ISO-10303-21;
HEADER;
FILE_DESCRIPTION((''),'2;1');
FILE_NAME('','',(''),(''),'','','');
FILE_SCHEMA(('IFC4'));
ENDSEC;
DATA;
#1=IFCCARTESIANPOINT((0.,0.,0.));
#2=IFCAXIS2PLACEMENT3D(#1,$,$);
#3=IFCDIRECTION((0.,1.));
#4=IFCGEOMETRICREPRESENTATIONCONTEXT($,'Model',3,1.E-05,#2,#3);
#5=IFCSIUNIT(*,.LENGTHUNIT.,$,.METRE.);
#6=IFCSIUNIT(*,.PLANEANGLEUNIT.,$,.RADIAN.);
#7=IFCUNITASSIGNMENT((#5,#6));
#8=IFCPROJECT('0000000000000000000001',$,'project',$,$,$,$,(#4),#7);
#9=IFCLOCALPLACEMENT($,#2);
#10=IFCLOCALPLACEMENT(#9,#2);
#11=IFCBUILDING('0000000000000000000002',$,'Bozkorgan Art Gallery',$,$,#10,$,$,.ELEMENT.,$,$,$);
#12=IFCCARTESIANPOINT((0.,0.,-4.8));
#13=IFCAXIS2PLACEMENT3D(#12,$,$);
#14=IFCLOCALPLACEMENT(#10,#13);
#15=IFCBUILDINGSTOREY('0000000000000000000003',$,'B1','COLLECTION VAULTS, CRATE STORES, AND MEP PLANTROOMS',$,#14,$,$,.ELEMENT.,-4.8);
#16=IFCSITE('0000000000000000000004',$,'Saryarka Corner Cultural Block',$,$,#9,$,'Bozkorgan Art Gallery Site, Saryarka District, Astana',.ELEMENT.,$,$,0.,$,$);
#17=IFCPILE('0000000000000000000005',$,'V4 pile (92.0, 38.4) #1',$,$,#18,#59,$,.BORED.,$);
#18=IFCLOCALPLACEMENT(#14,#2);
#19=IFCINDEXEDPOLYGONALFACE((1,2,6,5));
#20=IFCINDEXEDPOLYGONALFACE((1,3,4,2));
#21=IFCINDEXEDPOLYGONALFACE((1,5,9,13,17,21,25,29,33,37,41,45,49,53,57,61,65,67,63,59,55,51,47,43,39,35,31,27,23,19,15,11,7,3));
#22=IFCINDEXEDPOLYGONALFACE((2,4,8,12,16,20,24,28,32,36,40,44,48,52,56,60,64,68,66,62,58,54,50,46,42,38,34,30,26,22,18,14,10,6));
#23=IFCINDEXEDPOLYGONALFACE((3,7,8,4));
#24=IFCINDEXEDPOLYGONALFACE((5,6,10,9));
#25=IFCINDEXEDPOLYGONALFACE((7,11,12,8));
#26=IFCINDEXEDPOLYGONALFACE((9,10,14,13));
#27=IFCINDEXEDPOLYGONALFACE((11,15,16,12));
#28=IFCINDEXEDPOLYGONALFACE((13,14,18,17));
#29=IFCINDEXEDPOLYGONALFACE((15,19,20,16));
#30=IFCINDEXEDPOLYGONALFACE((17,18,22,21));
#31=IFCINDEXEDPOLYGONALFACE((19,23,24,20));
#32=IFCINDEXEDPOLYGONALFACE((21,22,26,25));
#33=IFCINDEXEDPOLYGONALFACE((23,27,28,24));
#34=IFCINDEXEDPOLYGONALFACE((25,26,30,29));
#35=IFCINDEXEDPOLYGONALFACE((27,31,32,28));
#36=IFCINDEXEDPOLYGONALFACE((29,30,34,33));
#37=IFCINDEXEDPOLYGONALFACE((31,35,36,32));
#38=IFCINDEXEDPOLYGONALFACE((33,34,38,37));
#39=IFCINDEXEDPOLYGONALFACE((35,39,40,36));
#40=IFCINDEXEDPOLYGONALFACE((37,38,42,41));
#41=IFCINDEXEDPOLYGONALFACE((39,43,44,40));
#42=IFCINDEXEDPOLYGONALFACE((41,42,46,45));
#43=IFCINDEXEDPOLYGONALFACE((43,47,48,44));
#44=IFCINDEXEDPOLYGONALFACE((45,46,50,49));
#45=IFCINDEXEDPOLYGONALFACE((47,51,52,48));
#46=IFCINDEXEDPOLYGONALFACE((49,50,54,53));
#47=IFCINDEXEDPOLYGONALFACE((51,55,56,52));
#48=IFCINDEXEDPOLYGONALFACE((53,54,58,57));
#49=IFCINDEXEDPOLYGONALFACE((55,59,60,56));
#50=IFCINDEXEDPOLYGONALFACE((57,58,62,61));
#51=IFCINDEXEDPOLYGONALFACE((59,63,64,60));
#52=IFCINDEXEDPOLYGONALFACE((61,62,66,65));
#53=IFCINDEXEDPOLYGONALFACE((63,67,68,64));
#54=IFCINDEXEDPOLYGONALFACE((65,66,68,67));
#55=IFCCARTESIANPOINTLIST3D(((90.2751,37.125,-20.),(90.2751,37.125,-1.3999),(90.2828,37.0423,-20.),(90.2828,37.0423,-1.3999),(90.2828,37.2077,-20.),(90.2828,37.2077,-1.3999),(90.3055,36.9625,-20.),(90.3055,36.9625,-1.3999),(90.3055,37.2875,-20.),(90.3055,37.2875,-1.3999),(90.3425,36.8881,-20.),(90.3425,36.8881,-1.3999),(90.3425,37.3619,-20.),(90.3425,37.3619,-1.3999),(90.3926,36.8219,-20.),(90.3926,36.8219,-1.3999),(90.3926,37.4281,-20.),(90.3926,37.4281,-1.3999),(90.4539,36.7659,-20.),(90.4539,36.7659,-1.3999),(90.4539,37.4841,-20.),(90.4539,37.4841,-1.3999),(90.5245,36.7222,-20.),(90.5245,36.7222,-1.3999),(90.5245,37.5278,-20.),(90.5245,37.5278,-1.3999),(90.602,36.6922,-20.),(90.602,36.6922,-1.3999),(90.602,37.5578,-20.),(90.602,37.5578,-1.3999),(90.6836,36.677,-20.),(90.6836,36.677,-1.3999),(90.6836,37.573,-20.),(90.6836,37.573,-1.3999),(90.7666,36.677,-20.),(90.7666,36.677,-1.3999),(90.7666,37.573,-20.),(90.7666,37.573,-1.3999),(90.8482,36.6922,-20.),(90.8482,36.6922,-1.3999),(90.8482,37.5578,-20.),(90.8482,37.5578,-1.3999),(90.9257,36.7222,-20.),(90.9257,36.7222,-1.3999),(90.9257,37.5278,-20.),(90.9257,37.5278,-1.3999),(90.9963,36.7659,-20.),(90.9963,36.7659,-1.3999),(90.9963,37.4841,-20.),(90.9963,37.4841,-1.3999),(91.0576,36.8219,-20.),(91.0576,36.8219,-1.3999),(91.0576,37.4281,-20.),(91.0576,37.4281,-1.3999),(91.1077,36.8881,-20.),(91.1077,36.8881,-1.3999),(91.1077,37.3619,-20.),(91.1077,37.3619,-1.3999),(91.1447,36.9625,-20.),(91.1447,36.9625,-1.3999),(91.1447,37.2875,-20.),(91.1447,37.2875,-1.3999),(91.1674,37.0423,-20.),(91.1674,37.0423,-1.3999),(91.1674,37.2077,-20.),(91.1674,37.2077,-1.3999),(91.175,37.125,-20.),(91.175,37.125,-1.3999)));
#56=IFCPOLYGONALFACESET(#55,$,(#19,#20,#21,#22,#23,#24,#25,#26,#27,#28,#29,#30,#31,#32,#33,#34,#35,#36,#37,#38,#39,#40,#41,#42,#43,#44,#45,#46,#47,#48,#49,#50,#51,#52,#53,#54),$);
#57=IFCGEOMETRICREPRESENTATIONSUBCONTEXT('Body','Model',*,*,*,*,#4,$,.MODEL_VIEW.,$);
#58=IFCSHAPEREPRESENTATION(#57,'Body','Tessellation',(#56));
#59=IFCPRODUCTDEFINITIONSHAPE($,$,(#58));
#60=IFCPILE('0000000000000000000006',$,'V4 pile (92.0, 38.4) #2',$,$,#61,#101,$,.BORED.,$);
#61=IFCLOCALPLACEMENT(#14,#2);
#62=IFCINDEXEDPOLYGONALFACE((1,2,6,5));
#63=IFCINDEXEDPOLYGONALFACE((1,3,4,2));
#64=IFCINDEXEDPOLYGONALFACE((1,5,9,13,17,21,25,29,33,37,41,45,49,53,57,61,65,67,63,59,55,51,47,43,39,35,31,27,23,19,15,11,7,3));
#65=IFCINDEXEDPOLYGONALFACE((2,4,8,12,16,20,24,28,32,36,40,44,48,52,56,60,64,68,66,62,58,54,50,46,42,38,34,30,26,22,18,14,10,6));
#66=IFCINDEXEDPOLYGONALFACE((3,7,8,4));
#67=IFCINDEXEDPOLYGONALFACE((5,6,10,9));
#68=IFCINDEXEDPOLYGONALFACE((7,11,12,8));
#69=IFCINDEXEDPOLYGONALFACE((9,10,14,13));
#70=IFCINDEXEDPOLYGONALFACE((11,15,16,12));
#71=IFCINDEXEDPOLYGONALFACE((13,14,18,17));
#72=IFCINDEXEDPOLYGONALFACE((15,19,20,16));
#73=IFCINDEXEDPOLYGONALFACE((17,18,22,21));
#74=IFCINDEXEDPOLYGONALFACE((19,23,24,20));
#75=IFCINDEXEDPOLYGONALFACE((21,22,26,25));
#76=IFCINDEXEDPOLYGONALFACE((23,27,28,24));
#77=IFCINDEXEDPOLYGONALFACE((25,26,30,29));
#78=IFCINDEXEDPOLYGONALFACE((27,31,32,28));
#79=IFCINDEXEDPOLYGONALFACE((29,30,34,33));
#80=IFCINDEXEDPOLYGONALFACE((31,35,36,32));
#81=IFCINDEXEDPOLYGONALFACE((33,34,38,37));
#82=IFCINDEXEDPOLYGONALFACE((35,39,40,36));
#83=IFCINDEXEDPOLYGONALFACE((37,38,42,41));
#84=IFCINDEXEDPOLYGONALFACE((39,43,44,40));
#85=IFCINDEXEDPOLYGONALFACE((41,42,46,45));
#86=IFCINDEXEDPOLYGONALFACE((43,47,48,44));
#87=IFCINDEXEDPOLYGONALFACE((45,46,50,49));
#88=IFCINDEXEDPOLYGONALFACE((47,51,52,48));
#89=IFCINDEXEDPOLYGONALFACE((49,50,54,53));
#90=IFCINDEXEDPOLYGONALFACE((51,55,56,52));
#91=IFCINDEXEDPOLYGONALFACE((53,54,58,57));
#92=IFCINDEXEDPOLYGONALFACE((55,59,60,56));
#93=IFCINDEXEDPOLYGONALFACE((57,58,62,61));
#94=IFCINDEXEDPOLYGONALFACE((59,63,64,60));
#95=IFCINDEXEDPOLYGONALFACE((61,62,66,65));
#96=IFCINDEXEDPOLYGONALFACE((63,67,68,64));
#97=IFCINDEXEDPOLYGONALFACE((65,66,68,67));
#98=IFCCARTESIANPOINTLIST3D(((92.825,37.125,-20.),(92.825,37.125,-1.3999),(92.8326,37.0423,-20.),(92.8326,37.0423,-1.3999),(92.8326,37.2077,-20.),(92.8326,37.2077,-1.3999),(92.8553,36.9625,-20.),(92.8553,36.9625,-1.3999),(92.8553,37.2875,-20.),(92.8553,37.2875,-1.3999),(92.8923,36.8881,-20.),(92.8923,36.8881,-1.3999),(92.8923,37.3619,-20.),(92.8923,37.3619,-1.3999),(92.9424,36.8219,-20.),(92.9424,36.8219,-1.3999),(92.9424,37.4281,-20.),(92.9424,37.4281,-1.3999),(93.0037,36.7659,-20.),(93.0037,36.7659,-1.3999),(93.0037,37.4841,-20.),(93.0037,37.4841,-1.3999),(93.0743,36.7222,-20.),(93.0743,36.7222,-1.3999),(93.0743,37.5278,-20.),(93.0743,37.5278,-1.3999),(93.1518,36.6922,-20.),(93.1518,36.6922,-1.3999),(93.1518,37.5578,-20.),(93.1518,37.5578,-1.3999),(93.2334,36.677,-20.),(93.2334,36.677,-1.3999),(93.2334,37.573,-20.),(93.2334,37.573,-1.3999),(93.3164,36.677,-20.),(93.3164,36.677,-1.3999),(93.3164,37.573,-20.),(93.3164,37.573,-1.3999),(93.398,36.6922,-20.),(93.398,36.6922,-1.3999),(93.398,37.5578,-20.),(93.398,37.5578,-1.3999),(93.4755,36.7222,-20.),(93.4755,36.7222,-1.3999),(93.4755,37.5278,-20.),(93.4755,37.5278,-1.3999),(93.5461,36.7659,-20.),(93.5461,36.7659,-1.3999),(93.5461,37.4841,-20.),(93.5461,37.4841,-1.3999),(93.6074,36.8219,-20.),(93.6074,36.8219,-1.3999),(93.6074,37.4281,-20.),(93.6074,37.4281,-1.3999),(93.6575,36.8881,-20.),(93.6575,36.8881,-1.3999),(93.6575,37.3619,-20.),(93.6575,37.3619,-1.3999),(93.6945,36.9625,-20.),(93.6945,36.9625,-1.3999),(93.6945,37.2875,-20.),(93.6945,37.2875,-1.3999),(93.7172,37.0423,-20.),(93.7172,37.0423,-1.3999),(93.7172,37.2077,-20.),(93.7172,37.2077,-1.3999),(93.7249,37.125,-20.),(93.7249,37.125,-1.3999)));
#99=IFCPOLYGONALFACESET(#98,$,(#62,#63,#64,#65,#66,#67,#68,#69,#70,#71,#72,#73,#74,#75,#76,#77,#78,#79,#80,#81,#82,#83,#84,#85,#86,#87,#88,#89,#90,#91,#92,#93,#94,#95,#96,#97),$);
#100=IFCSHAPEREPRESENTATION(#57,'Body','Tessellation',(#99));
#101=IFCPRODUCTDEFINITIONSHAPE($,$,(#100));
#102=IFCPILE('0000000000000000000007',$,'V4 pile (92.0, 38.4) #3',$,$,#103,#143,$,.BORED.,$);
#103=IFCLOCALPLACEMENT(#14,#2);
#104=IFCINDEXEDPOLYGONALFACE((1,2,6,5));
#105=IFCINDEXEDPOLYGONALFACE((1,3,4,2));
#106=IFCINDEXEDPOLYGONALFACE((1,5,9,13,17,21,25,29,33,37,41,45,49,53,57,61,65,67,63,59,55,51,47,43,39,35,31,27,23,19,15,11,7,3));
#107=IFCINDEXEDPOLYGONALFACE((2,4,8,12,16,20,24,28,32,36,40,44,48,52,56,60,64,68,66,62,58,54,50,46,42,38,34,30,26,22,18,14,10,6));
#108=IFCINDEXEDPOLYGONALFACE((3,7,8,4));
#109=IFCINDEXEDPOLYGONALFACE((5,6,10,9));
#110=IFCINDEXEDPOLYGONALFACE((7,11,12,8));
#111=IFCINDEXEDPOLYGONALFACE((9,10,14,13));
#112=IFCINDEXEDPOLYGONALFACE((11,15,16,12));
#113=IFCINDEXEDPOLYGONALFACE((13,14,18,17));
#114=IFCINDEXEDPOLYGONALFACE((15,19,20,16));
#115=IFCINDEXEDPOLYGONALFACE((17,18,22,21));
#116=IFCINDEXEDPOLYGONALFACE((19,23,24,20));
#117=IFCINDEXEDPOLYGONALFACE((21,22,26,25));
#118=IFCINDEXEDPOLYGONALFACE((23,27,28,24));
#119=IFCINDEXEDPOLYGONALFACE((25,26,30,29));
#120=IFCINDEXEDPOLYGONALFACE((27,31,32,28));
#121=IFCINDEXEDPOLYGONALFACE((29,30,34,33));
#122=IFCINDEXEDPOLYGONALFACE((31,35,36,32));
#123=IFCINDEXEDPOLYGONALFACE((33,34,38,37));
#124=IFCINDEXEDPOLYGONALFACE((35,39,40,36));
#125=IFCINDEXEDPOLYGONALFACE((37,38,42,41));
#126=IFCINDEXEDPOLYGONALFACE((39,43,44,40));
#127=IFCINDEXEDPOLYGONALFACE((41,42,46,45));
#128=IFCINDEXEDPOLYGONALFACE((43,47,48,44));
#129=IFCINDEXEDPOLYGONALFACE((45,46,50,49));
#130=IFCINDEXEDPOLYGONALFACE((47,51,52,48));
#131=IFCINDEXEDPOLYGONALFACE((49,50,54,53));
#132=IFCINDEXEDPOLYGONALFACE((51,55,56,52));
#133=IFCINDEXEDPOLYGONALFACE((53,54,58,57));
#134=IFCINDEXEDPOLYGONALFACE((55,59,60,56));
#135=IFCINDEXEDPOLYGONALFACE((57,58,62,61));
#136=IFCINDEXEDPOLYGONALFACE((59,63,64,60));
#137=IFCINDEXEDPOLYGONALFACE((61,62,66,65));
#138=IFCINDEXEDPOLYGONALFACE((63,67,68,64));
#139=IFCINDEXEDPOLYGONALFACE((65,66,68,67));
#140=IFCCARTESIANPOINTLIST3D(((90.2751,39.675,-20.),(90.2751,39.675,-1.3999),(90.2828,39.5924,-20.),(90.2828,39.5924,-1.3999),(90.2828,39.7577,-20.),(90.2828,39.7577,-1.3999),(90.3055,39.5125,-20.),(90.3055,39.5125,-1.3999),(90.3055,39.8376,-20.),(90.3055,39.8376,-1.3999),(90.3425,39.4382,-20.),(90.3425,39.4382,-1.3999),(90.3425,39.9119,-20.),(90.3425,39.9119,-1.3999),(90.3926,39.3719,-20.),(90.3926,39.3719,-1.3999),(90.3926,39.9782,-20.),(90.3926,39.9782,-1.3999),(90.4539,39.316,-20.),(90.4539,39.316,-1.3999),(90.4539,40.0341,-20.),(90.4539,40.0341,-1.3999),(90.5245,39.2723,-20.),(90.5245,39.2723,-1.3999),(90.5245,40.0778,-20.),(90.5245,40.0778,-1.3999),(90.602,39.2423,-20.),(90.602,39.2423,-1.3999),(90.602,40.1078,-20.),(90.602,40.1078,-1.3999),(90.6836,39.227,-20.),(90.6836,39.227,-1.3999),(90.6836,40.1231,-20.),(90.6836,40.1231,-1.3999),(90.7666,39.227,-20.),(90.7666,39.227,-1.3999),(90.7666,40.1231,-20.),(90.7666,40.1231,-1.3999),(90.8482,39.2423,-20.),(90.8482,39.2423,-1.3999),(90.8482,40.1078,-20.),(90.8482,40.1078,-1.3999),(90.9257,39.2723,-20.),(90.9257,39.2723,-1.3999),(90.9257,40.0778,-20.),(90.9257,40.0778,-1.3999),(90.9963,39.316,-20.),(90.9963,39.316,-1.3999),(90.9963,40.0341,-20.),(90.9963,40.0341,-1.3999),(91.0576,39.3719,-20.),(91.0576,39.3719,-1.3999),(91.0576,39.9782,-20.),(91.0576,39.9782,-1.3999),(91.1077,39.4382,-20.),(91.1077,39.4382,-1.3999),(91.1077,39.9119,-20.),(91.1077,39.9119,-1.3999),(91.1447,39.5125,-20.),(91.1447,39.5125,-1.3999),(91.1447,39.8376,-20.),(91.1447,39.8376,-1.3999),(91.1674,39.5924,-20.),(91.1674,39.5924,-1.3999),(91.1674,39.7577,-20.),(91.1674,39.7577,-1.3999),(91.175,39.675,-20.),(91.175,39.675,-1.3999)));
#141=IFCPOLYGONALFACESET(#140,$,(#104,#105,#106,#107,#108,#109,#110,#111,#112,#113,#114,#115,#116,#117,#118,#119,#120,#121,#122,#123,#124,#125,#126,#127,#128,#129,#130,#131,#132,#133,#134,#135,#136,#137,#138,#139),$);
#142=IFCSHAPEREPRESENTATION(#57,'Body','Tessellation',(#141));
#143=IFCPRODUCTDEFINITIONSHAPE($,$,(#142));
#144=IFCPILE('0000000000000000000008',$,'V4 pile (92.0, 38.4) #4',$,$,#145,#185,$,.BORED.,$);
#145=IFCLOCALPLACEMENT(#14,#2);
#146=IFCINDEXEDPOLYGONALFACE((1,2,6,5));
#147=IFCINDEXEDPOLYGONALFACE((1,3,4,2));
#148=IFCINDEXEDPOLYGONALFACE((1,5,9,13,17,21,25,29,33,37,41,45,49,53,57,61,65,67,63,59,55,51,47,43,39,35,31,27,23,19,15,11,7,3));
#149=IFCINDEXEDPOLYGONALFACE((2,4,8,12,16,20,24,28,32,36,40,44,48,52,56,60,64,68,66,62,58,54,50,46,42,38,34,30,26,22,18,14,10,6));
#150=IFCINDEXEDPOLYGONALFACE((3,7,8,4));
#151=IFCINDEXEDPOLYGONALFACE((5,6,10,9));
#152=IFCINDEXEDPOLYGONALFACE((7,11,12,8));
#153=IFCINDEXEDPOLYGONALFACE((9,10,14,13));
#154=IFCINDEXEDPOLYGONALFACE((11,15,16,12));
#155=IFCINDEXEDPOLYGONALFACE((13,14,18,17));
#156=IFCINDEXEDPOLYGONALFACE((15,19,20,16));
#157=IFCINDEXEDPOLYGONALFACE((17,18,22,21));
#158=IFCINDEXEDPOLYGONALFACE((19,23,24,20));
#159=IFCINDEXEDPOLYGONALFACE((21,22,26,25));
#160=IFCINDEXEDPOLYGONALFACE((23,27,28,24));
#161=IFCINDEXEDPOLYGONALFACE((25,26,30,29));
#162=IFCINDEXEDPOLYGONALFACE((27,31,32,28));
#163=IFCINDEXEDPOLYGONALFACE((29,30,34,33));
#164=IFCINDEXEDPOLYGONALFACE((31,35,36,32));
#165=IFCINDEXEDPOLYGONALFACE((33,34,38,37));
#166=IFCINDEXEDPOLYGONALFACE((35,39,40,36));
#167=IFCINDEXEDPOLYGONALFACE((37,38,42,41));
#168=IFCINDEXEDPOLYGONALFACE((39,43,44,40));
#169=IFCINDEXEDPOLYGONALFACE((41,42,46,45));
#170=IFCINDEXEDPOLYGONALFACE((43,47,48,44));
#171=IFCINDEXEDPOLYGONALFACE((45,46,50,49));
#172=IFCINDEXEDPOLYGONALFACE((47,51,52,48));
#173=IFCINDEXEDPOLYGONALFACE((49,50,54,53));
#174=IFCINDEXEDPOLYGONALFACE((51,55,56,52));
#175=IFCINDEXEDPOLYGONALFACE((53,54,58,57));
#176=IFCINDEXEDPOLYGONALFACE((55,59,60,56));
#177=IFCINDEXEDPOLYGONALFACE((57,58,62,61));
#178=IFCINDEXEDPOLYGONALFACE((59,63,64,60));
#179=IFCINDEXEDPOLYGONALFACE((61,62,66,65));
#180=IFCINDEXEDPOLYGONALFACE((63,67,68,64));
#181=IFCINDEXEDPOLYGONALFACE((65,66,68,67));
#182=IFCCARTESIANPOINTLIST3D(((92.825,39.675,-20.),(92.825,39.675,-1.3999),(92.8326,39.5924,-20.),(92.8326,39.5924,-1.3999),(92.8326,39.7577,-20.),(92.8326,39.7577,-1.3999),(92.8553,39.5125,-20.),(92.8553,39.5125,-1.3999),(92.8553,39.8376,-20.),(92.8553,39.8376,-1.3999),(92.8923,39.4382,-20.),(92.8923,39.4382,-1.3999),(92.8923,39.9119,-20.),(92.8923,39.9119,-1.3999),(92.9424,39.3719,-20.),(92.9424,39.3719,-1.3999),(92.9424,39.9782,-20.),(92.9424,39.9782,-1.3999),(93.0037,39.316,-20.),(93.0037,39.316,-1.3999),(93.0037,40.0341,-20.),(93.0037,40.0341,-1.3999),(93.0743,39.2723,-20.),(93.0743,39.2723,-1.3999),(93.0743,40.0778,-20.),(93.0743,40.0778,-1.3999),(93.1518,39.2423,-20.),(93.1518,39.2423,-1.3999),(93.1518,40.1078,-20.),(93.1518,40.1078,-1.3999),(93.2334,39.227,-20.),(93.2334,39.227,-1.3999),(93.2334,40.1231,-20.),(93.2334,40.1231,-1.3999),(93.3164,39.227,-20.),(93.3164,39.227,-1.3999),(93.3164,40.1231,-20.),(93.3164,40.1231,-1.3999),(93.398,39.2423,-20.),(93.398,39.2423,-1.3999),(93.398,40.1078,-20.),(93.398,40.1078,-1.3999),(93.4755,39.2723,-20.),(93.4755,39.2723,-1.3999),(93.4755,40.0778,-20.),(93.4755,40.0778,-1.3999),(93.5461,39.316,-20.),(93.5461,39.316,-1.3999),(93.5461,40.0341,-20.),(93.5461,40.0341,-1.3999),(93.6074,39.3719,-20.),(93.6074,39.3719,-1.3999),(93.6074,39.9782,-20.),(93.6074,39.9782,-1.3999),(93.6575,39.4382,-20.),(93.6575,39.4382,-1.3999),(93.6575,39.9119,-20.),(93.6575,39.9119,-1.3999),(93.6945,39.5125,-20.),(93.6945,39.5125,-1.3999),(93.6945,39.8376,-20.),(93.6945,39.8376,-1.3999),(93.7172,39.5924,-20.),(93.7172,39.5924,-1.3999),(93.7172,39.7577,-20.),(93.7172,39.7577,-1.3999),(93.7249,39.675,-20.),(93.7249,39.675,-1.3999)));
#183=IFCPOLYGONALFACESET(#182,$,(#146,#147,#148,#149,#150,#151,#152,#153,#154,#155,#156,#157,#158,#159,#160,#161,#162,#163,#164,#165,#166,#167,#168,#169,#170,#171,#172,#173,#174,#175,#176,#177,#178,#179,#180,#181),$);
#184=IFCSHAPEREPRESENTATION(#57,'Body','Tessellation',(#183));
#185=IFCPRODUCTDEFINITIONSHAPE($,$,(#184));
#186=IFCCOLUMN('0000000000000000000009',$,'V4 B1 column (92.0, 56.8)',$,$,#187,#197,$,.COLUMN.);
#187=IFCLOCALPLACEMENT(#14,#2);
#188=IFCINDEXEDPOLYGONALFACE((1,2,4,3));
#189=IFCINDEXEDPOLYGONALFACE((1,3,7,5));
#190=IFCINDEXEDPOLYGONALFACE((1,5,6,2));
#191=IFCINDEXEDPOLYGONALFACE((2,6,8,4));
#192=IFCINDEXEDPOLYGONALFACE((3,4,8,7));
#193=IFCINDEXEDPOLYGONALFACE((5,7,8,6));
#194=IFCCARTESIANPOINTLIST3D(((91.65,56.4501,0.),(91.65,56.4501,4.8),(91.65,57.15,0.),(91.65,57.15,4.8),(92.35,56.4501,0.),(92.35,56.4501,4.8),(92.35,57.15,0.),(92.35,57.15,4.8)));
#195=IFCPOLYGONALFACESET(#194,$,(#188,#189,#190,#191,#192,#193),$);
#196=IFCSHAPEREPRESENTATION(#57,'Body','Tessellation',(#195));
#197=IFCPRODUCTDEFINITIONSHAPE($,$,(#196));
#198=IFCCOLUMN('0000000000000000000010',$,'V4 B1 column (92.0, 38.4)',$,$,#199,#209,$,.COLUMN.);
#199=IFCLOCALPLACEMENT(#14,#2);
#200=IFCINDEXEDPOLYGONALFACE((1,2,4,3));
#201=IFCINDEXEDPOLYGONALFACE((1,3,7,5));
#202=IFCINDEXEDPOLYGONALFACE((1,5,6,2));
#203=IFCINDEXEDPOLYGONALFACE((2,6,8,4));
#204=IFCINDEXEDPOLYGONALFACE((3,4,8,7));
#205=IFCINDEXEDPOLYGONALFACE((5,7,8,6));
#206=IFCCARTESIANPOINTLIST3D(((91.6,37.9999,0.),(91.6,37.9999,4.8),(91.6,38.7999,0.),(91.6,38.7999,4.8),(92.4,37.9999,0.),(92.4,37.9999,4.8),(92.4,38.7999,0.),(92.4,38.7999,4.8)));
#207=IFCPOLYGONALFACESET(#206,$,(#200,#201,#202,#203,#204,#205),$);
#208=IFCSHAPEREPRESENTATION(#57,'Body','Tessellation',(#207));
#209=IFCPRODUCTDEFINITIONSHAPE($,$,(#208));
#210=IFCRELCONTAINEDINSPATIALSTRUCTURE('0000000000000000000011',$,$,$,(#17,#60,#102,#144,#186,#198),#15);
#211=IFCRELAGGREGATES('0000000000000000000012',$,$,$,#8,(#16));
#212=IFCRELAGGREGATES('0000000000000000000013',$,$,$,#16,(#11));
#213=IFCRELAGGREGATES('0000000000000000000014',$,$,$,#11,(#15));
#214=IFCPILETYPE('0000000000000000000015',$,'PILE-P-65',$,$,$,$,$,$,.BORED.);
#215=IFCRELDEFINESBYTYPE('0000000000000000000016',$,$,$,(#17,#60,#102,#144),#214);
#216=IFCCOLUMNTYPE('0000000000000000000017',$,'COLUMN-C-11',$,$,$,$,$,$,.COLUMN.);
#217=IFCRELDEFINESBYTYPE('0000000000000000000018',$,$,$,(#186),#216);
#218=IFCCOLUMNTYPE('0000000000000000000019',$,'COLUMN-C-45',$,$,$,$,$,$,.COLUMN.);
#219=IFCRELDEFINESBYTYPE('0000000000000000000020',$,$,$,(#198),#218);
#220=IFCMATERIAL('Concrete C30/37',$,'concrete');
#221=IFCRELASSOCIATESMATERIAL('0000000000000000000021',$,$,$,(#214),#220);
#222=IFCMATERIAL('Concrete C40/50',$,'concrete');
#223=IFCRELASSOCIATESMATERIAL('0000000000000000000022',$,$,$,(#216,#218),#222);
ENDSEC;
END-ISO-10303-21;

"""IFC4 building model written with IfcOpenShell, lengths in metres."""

from ifc_helpers import new_model, si_unit, direction, frame, origin, origin_2d, place, context, subcontext, project, spatial, rectangle, circle, extrude, material, material_profile, profile_set, type_object, element, save


model = new_model("IFC4")

# Units and contexts
model_context = context("Model", 3, precision=1e-05, world=origin(), true_north=direction((0.0, 1.0)))
body_context = subcontext(model_context, "Body", "Model", "MODEL_VIEW")
ifc_project = project(units=[si_unit("LENGTHUNIT", "METRE"), si_unit("PLANEANGLEUNIT", "RADIAN")], contexts=[model_context])

# Site, building, storey
site_placement = place(None, origin())
site = spatial("IfcSite", under=ifc_project, at=site_placement, Name="Saryarka Corner Cultural Block", LongName="Bozkorgan Art Gallery Site, Saryarka District, Astana", CompositionType="ELEMENT", RefElevation=0.0)
building_placement = place(site_placement, origin())
building = spatial("IfcBuilding", under=site, at=building_placement, Name="Bozkorgan Art Gallery", CompositionType="ELEMENT")
storey_placement = place(building_placement, frame((0.0, 0.0, -4.8)))
storey = spatial("IfcBuildingStorey", under=building, at=storey_placement, Name="B1", Description="COLLECTION VAULTS, CRATE STORES, AND MEP PLANTROOMS", CompositionType="ELEMENT", Elevation=-4.8)

# Shared definitions
ifc_material_1 = material(Name="Concrete C30/37", Category="concrete")

# Piles
ifc_material_profile_1 = material_profile(ifc_material_1, circle(Radius=0.45, at=origin_2d()), Name="PILE D900")
ifc_profile_set_1 = profile_set([ifc_material_profile_1], Name="Concrete C30/37")
pile_type_1 = type_object("IfcPileType", Name="PILE-P-65", PredefinedType="BORED", material=ifc_profile_set_1)
for number, where, z_axis, x_axis, name in (
    (1, (90.7251, 37.125, -1.3999), (0.0, 0.0, -1.0), (1.0, 0.0, 0.0), "V4 pile (92.0, 38.4) #1"),
    (2, (93.2749, 37.125, -1.3999), (0.0, 0.0, -1.0), (1.0, 0.0, 0.0), "V4 pile (92.0, 38.4) #2"),
    (3, (90.7251, 39.675, -1.3999), (0.0, 0.0, -1.0), (1.0, 0.0, 0.0), "V4 pile (92.0, 38.4) #3"),
    (4, (93.2749, 39.675, -1.3999), (0.0, 0.0, -1.0), (1.0, 0.0, 0.0), "V4 pile (92.0, 38.4) #4"),
):
    element("IfcPile", number, at=place(storey_placement, frame(where, z_axis=z_axis, x_axis=x_axis)), inside=storey, type_object=pile_type_1, Name=name, PredefinedType="BORED", context=body_context, shape_type="SweptSolid", body=[
        extrude(circle(Radius=0.45, at=origin_2d()), origin(), (0.0, 0.0, 1.0), 18.6001),
    ])

# Columns
ifc_material_2 = material(Name="Concrete C40/50", Category="concrete")
ifc_material_profile_2 = material_profile(ifc_material_2, rectangle(XDim=0.7, YDim=0.7, at=origin_2d()), Name="RC 700x700")
ifc_profile_set_2 = profile_set([ifc_material_profile_2], Name="Concrete C40/50")
column_type_1 = type_object("IfcColumnType", Name="COLUMN-C-11", PredefinedType="COLUMN", material=ifc_profile_set_2)
column_placement = place(storey_placement, frame((92.0, 56.8, 0.0), z_axis=(0.0, 0.0, 1.0), x_axis=(1.0, 0.0, 0.0)))
element("IfcColumn", 5, at=column_placement, inside=storey, type_object=column_type_1, Name="V4 B1 column (92.0, 56.8)", PredefinedType="COLUMN", context=body_context, shape_type="SweptSolid", body=[
    extrude(rectangle(XDim=0.7, YDim=0.7, at=origin_2d()), origin(), (0.0, 0.0, 1.0), 4.8),
])
ifc_material_profile_3 = material_profile(ifc_material_2, rectangle(XDim=0.8, YDim=0.8, at=origin_2d()), Name="RC 800x800")
ifc_profile_set_3 = profile_set([ifc_material_profile_3], Name="Concrete C40/50")
column_type_2 = type_object("IfcColumnType", Name="COLUMN-C-45", PredefinedType="COLUMN", material=ifc_profile_set_3)
for number, where, z_axis, x_axis, name in (
    (6, (92.0, 38.3999, 0.0), (0.0, 0.0, 1.0), (1.0, 0.0, 0.0), "V4 B1 column (92.0, 38.4)"),
):
    element("IfcColumn", number, at=place(storey_placement, frame(where, z_axis=z_axis, x_axis=x_axis)), inside=storey, type_object=column_type_2, Name=name, PredefinedType="COLUMN", context=body_context, shape_type="SweptSolid", body=[
        extrude(rectangle(XDim=0.8, YDim=0.8, at=origin_2d()), origin(), (0.0, 0.0, 1.0), 4.8),
    ])

save(model, "model.ifc")
